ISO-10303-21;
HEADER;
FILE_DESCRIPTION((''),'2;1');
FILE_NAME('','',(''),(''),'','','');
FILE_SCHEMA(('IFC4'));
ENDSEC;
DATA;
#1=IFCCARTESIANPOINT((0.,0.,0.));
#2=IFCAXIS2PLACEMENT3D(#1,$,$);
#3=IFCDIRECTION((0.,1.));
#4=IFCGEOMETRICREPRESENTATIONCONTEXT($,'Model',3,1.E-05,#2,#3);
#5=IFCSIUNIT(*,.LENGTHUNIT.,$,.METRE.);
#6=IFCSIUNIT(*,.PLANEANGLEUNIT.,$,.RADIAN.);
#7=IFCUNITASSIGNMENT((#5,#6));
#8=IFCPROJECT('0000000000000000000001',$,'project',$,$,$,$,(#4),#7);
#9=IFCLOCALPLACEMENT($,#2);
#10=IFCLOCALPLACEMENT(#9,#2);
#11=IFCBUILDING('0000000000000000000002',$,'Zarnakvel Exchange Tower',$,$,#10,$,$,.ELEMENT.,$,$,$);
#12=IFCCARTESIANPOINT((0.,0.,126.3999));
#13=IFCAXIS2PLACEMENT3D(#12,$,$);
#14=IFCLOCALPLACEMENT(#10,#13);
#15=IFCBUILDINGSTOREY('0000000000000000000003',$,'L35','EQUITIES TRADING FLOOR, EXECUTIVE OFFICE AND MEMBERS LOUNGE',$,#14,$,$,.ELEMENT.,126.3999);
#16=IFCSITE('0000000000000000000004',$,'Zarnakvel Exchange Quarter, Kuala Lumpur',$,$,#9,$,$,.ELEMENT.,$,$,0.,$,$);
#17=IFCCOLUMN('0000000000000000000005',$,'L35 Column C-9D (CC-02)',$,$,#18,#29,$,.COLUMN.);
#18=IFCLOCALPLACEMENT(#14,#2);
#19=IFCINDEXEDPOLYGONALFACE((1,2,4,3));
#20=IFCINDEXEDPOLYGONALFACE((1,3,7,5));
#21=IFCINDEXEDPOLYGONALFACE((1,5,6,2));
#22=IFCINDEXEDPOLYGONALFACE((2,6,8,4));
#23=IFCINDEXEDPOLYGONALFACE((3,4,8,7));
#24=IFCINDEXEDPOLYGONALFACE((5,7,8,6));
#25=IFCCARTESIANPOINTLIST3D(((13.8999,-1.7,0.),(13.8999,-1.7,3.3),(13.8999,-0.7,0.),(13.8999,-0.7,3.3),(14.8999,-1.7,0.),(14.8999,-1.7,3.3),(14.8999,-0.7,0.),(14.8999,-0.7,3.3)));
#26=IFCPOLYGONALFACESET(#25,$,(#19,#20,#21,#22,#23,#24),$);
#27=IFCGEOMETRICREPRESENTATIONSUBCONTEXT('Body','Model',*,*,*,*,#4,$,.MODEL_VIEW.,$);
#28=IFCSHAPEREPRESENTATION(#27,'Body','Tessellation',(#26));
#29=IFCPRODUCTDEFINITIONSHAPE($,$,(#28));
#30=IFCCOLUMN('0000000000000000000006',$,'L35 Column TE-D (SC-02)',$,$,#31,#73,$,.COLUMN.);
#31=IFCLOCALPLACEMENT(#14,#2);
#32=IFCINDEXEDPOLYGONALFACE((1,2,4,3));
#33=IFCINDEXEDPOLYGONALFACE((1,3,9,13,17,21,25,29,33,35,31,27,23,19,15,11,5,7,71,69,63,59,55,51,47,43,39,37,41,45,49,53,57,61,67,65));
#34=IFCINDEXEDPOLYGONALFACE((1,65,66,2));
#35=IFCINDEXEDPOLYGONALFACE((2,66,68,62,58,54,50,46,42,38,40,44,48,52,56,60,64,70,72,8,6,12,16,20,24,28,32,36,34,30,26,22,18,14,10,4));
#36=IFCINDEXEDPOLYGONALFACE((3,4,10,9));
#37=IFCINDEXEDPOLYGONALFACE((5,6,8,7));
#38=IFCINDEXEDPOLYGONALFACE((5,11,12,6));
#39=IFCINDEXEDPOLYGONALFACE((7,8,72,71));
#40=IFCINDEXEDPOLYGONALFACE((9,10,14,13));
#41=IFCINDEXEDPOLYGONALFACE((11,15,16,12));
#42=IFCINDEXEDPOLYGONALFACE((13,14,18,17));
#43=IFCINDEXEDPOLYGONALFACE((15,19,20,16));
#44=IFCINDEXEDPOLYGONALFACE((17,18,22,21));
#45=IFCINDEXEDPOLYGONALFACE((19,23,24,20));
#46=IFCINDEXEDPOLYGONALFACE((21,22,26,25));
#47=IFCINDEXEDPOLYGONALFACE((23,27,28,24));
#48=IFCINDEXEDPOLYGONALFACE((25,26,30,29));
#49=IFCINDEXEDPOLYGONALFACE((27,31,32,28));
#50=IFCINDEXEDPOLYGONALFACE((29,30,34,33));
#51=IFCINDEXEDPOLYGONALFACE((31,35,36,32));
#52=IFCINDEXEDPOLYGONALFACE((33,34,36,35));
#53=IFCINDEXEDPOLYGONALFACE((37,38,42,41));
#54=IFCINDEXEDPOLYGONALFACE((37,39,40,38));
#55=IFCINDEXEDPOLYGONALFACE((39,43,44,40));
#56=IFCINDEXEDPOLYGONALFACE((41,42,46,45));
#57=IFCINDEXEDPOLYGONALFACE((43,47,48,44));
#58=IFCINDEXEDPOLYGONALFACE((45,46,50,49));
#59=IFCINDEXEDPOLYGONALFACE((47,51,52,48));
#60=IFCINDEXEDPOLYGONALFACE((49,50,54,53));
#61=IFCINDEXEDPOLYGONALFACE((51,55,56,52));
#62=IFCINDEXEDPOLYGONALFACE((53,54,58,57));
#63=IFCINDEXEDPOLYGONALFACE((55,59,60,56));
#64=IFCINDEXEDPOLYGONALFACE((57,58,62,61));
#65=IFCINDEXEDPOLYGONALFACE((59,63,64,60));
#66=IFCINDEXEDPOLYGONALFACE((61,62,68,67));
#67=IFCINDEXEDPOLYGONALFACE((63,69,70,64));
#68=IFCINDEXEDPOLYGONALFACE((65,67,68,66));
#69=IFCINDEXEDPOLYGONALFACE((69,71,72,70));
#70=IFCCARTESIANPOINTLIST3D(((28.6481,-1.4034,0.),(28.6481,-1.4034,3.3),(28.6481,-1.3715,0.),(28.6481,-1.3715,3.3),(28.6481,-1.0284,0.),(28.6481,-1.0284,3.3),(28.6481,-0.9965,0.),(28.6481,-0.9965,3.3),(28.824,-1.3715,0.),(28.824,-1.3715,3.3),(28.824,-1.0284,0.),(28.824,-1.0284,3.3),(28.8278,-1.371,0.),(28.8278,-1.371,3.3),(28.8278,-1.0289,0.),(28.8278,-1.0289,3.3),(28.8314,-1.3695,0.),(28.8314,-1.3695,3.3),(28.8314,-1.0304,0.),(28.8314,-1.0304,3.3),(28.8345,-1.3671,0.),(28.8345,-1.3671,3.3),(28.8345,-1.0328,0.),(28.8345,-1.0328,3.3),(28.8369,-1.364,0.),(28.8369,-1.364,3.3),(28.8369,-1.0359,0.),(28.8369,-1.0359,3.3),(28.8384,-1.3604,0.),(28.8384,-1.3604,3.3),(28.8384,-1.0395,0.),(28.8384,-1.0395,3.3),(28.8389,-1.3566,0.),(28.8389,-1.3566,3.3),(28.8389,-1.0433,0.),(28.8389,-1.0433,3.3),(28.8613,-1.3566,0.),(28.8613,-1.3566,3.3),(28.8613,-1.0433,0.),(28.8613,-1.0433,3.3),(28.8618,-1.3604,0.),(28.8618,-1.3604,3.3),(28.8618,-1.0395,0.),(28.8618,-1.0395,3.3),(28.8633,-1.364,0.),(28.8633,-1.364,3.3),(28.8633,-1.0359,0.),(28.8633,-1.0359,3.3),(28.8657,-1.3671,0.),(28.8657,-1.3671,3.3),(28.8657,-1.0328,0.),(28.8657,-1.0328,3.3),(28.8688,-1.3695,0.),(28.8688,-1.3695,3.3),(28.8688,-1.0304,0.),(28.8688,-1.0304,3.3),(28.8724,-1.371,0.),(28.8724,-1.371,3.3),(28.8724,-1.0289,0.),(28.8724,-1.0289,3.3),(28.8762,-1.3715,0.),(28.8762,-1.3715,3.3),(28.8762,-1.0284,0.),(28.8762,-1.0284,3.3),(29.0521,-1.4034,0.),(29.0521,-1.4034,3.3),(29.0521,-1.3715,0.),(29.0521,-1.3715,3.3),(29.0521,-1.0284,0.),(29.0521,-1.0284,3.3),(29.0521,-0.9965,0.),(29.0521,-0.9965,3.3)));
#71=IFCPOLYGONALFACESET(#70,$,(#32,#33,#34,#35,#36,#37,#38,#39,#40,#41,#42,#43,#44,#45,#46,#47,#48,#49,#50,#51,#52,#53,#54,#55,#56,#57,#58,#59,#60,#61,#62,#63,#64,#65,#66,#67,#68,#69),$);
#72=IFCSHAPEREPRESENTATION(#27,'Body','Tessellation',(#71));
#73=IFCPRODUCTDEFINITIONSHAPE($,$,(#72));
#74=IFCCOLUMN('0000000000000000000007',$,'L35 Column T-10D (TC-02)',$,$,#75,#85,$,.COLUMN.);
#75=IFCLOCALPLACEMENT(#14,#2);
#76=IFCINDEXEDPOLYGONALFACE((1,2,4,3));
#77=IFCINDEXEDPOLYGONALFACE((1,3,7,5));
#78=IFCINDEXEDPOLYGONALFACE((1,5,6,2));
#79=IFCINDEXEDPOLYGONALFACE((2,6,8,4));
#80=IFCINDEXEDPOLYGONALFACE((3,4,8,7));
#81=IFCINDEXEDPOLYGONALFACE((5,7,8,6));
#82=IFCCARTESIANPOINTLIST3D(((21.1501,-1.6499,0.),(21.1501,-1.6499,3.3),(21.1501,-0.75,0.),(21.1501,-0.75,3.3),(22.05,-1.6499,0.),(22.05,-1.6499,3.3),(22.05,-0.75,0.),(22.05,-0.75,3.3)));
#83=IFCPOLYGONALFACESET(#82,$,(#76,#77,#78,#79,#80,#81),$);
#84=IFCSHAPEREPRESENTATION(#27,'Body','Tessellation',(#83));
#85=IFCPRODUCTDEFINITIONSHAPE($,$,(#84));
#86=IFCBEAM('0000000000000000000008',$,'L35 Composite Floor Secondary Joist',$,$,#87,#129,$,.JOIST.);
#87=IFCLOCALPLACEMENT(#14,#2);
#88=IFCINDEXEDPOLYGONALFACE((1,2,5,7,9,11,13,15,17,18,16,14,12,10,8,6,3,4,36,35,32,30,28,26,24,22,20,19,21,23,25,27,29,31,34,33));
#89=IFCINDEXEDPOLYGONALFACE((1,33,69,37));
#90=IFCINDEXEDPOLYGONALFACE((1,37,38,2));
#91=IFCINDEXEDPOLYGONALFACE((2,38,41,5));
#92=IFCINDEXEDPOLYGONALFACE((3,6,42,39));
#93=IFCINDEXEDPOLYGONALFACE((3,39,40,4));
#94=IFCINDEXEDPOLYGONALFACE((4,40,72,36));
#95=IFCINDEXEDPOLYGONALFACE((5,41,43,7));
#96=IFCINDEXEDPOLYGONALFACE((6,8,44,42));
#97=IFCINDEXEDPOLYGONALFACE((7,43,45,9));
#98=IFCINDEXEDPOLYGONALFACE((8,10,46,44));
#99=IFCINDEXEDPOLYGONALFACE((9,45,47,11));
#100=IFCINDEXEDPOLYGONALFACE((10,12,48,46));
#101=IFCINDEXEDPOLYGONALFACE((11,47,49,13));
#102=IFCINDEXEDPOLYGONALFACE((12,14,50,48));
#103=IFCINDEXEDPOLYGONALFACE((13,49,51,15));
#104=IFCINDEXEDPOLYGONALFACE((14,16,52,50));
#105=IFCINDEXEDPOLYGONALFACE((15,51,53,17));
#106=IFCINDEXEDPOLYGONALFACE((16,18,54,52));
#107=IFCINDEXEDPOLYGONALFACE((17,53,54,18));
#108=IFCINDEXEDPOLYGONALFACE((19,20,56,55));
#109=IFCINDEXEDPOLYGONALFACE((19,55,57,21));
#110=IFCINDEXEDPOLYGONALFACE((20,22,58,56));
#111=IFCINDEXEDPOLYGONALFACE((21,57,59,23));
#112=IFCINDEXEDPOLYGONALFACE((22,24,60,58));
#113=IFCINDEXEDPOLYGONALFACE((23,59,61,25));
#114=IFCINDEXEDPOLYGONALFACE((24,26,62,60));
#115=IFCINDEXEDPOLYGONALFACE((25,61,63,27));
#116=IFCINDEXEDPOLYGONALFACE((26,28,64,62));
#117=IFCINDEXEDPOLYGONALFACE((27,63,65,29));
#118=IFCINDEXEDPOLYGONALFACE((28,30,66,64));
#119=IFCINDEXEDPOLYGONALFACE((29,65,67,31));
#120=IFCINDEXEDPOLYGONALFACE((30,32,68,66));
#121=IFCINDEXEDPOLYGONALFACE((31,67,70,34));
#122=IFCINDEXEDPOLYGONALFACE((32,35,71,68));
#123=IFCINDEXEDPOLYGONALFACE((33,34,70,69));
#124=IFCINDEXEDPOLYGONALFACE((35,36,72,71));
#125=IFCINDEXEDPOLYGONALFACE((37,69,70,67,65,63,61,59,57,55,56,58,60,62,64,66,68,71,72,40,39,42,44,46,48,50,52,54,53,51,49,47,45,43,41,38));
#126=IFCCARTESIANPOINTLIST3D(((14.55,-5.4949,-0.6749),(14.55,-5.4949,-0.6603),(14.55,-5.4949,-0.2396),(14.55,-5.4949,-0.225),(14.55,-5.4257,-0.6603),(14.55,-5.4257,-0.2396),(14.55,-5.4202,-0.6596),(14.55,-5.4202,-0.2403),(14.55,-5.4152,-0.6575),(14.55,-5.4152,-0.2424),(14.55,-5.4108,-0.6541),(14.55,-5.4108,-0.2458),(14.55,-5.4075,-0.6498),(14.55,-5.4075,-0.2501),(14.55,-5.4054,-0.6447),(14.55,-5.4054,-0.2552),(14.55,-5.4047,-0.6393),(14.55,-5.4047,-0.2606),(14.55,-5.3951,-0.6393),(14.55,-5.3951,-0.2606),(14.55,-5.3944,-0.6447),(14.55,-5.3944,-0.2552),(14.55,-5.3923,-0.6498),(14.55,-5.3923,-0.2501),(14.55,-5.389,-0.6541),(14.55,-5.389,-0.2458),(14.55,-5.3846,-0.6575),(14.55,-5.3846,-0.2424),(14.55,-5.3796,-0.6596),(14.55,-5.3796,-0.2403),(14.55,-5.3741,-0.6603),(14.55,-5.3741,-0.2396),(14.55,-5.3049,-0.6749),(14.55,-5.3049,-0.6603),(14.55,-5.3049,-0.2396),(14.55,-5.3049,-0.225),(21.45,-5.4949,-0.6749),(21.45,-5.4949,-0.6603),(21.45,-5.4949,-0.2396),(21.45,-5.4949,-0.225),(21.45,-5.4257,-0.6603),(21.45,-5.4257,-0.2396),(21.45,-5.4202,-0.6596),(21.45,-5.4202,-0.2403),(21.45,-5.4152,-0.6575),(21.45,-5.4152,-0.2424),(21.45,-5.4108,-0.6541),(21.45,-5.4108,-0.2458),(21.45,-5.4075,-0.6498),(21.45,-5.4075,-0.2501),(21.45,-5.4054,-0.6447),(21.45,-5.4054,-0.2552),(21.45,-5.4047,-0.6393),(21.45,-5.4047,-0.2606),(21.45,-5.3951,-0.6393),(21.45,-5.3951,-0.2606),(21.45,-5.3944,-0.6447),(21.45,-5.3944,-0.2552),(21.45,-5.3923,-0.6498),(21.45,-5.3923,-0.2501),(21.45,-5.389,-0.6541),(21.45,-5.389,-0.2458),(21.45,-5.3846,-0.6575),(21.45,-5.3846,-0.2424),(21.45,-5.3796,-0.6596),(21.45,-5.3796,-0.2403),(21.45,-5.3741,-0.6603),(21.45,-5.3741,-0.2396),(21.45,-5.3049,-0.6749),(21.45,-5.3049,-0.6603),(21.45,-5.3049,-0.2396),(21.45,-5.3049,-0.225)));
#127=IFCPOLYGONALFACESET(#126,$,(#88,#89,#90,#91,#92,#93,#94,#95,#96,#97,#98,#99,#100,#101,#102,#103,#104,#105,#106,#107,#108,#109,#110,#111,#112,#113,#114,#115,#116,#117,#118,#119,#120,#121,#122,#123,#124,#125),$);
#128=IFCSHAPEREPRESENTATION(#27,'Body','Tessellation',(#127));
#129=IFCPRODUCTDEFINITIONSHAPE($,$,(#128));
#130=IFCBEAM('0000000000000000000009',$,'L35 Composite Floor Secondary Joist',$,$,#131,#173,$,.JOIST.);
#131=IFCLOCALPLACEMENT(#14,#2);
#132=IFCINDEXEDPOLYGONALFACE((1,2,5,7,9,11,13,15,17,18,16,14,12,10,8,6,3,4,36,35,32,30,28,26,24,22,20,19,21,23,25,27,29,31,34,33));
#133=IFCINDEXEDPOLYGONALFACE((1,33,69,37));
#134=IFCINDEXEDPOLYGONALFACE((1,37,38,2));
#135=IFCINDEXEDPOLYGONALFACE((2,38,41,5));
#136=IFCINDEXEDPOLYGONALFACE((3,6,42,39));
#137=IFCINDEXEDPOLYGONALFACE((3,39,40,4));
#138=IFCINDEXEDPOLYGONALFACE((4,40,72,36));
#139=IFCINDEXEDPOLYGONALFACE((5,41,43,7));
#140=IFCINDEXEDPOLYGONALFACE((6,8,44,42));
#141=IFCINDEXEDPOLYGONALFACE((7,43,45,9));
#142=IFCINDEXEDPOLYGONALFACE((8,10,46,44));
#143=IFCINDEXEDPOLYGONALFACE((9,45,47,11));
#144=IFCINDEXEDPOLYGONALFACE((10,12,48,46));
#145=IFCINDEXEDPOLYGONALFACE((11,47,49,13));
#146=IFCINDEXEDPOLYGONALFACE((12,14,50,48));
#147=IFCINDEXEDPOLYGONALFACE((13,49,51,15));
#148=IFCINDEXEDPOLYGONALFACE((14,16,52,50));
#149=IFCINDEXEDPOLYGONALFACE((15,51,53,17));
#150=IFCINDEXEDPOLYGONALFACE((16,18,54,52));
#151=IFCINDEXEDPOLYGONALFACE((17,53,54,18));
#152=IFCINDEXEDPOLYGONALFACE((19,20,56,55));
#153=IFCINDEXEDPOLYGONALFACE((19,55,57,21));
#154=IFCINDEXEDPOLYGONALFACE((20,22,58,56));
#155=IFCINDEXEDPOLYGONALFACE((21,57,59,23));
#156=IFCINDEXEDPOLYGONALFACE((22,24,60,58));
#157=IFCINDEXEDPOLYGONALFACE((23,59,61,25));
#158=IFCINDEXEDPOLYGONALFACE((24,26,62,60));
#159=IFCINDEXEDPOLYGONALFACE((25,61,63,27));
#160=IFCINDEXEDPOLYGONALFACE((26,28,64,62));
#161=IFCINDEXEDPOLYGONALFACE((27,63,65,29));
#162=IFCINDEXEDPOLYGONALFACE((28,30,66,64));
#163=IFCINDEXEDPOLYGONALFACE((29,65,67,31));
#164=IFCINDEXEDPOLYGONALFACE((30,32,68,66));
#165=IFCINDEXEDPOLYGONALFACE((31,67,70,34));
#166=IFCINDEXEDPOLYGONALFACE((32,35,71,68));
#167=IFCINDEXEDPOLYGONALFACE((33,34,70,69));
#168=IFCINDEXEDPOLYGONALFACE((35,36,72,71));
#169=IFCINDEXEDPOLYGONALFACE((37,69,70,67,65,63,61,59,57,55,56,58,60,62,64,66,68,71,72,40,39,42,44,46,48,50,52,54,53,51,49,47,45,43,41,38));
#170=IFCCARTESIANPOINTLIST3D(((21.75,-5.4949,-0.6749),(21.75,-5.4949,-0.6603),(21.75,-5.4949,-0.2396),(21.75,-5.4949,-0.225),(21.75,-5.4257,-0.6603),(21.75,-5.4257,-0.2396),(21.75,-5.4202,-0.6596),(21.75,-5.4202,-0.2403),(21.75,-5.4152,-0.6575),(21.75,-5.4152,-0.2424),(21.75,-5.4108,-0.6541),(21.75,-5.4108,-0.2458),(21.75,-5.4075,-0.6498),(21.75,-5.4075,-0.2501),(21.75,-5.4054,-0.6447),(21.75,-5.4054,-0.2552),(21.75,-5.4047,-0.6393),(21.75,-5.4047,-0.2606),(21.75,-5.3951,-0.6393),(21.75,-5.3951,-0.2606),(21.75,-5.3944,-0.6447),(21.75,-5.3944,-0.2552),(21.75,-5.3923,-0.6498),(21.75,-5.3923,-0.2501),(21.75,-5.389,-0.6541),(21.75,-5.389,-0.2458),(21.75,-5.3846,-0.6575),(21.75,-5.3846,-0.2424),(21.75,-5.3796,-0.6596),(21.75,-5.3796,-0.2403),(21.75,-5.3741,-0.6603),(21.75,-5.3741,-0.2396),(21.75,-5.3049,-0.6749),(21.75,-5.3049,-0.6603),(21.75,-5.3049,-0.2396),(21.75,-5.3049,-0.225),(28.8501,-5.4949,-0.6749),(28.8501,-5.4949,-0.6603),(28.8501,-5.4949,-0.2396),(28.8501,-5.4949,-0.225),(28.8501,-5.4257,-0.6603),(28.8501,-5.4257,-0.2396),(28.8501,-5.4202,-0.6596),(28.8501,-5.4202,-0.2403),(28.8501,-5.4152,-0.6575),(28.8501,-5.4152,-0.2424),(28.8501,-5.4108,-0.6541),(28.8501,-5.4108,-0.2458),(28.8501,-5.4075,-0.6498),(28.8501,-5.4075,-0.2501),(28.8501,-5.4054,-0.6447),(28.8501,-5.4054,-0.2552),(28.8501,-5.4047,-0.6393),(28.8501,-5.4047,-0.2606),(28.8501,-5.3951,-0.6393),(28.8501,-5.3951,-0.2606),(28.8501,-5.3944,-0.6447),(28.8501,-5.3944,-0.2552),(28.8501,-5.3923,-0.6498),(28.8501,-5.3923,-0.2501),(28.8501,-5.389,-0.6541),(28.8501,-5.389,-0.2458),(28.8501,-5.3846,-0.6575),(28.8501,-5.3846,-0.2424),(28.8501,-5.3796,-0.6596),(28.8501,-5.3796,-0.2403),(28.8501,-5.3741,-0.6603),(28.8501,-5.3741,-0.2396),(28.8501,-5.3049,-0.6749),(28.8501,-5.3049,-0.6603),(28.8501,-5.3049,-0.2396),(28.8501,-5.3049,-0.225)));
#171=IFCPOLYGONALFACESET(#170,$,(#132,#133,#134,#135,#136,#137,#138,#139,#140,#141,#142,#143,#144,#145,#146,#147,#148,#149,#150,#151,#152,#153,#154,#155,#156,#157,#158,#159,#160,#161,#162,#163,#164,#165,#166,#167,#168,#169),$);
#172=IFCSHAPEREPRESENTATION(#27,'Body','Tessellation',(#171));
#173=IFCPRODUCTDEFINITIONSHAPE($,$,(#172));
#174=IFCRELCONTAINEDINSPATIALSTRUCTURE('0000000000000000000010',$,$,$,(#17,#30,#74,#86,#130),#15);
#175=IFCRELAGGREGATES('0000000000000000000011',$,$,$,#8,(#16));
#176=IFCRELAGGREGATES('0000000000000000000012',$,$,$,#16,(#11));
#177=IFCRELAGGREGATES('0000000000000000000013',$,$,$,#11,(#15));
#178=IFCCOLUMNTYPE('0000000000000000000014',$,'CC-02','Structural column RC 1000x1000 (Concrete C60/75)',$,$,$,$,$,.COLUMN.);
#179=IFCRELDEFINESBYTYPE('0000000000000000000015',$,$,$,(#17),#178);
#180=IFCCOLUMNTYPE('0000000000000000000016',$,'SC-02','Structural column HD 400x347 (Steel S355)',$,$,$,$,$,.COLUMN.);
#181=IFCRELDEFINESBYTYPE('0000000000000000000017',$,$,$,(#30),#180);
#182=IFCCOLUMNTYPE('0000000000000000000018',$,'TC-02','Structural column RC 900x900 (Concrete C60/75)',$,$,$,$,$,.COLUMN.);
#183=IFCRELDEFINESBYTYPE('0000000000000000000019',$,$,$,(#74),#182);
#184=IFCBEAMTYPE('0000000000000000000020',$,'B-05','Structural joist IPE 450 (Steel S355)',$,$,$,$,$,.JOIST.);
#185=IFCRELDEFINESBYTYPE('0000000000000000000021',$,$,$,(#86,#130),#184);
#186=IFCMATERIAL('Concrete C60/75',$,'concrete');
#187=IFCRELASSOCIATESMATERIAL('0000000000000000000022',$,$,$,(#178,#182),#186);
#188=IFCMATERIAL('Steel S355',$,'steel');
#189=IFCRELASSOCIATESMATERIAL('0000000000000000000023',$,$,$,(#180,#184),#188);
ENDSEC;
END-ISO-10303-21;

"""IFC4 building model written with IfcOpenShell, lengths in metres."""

from ifc_helpers import new_model, si_unit, direction, frame, origin, origin_2d, place, context, subcontext, project, spatial, rectangle, i_section, extrude, material, material_profile, profile_set, type_object, element, save


model = new_model("IFC4")

# Units and contexts
model_context = context("Model", 3, precision=1e-05, world=origin(), true_north=direction((0.0, 1.0)))
body_context = subcontext(model_context, "Body", "Model", "MODEL_VIEW")
ifc_project = project(units=[si_unit("LENGTHUNIT", "METRE"), si_unit("PLANEANGLEUNIT", "RADIAN")], contexts=[model_context])

# Site, building, storey
site_placement = place(None, origin())
site = spatial("IfcSite", under=ifc_project, at=site_placement, Name="Zarnakvel Exchange Quarter, Kuala Lumpur", CompositionType="ELEMENT", RefElevation=0.0)
building_placement = place(site_placement, origin())
building = spatial("IfcBuilding", under=site, at=building_placement, Name="Zarnakvel Exchange Tower", CompositionType="ELEMENT")
storey_placement = place(building_placement, frame((0.0, 0.0, 126.3999)))
storey = spatial("IfcBuildingStorey", under=building, at=storey_placement, Name="L35", Description="EQUITIES TRADING FLOOR, EXECUTIVE OFFICE AND MEMBERS LOUNGE", CompositionType="ELEMENT", Elevation=126.3999)

# Columns
ifc_material_1 = material(Name="Concrete C60/75", Category="concrete")
ifc_material_profile_1 = material_profile(ifc_material_1, rectangle(XDim=1.0, YDim=1.0, at=origin_2d()))
ifc_profile_set_1 = profile_set([ifc_material_profile_1], Name="Concrete C60/75")
column_type_1 = type_object("IfcColumnType", Name="CC-02", Description="Structural column RC 1000x1000 (Concrete C60/75)", PredefinedType="COLUMN", material=ifc_profile_set_1)
column_1_placement = place(storey_placement, frame((14.3999, -1.2, 0.0), z_axis=(0.0, 0.0, 1.0), x_axis=(1.0, 0.0, 0.0)))
element("IfcColumn", 1, at=column_1_placement, inside=storey, type_object=column_type_1, Name="L35 Column C-9D (CC-02)", PredefinedType="COLUMN", context=body_context, shape_type="SweptSolid", body=[
    extrude(rectangle(XDim=1.0, YDim=1.0, at=origin_2d()), origin(), (0.0, 0.0, 1.0), 3.3),
])
ifc_material_2 = material(Name="Steel S355", Category="steel")
ifc_material_profile_2 = material_profile(ifc_material_2, i_section(OverallWidth=0.4041, OverallDepth=0.407, WebThickness=0.0225, FlangeThickness=0.032, FilletRadius=0.0149, at=origin_2d()))
ifc_profile_set_2 = profile_set([ifc_material_profile_2], Name="Steel S355")
column_type_2 = type_object("IfcColumnType", Name="SC-02", Description="Structural column HD 400x347 (Steel S355)", PredefinedType="COLUMN", material=ifc_profile_set_2)
column_2_placement = place(storey_placement, frame((28.8501, -1.2, 0.0), z_axis=(0.0, 0.0, 1.0), x_axis=(1.0, 0.0, 0.0)))
element("IfcColumn", 2, at=column_2_placement, inside=storey, type_object=column_type_2, Name="L35 Column TE-D (SC-02)", PredefinedType="COLUMN", context=body_context, shape_type="SweptSolid", body=[
    extrude(i_section(OverallWidth=0.4041, OverallDepth=0.407, WebThickness=0.0225, FlangeThickness=0.032, FilletRadius=0.0149, at=origin_2d()), origin(), (0.0, 0.0, 1.0), 3.3),
])
ifc_material_profile_3 = material_profile(ifc_material_1, rectangle(XDim=0.8999, YDim=0.8999, at=origin_2d()))
ifc_profile_set_3 = profile_set([ifc_material_profile_3], Name="Concrete C60/75")
column_type_3 = type_object("IfcColumnType", Name="TC-02", Description="Structural column RC 900x900 (Concrete C60/75)", PredefinedType="COLUMN", material=ifc_profile_set_3)
column_3_placement = place(storey_placement, frame((21.6001, -1.2, 0.0), z_axis=(0.0, 0.0, 1.0), x_axis=(1.0, 0.0, 0.0)))
element("IfcColumn", 3, at=column_3_placement, inside=storey, type_object=column_type_3, Name="L35 Column T-10D (TC-02)", PredefinedType="COLUMN", context=body_context, shape_type="SweptSolid", body=[
    extrude(rectangle(XDim=0.8999, YDim=0.8999, at=origin_2d()), origin(), (0.0, 0.0, 1.0), 3.3),
])

# Beams
ifc_material_profile_4 = material_profile(ifc_material_2, i_section(OverallWidth=0.1899, OverallDepth=0.45, WebThickness=0.0095, FlangeThickness=0.0146, FilletRadius=0.021, at=origin_2d()))
ifc_profile_set_4 = profile_set([ifc_material_profile_4], Name="Steel S355")
beam_type_1 = type_object("IfcBeamType", Name="B-05", Description="Structural joist IPE 450 (Steel S355)", PredefinedType="JOIST", material=ifc_profile_set_4)
beam_1_placement = place(storey_placement, frame((14.55, -5.3999, -0.45), z_axis=(1.0, 0.0, 0.0), x_axis=(0.0, 1.0, 0.0)))
element("IfcBeam", 4, at=beam_1_placement, inside=storey, type_object=beam_type_1, Name="L35 Composite Floor Secondary Joist", PredefinedType="JOIST", context=body_context, shape_type="SweptSolid", body=[
    extrude(i_section(OverallWidth=0.1899, OverallDepth=0.45, WebThickness=0.0095, FlangeThickness=0.0146, FilletRadius=0.021, at=origin_2d()), origin(), (0.0, 0.0, 1.0), 6.8999),
])
beam_2_placement = place(storey_placement, frame((21.75, -5.3999, -0.45), z_axis=(1.0, 0.0, 0.0), x_axis=(0.0, 1.0, 0.0)))
element("IfcBeam", 5, at=beam_2_placement, inside=storey, type_object=beam_type_1, Name="L35 Composite Floor Secondary Joist", PredefinedType="JOIST", context=body_context, shape_type="SweptSolid", body=[
    extrude(i_section(OverallWidth=0.1899, OverallDepth=0.45, WebThickness=0.0095, FlangeThickness=0.0146, FilletRadius=0.021, at=origin_2d()), origin(), (0.0, 0.0, 1.0), 7.1001),
])

save(model, "model.ifc")
